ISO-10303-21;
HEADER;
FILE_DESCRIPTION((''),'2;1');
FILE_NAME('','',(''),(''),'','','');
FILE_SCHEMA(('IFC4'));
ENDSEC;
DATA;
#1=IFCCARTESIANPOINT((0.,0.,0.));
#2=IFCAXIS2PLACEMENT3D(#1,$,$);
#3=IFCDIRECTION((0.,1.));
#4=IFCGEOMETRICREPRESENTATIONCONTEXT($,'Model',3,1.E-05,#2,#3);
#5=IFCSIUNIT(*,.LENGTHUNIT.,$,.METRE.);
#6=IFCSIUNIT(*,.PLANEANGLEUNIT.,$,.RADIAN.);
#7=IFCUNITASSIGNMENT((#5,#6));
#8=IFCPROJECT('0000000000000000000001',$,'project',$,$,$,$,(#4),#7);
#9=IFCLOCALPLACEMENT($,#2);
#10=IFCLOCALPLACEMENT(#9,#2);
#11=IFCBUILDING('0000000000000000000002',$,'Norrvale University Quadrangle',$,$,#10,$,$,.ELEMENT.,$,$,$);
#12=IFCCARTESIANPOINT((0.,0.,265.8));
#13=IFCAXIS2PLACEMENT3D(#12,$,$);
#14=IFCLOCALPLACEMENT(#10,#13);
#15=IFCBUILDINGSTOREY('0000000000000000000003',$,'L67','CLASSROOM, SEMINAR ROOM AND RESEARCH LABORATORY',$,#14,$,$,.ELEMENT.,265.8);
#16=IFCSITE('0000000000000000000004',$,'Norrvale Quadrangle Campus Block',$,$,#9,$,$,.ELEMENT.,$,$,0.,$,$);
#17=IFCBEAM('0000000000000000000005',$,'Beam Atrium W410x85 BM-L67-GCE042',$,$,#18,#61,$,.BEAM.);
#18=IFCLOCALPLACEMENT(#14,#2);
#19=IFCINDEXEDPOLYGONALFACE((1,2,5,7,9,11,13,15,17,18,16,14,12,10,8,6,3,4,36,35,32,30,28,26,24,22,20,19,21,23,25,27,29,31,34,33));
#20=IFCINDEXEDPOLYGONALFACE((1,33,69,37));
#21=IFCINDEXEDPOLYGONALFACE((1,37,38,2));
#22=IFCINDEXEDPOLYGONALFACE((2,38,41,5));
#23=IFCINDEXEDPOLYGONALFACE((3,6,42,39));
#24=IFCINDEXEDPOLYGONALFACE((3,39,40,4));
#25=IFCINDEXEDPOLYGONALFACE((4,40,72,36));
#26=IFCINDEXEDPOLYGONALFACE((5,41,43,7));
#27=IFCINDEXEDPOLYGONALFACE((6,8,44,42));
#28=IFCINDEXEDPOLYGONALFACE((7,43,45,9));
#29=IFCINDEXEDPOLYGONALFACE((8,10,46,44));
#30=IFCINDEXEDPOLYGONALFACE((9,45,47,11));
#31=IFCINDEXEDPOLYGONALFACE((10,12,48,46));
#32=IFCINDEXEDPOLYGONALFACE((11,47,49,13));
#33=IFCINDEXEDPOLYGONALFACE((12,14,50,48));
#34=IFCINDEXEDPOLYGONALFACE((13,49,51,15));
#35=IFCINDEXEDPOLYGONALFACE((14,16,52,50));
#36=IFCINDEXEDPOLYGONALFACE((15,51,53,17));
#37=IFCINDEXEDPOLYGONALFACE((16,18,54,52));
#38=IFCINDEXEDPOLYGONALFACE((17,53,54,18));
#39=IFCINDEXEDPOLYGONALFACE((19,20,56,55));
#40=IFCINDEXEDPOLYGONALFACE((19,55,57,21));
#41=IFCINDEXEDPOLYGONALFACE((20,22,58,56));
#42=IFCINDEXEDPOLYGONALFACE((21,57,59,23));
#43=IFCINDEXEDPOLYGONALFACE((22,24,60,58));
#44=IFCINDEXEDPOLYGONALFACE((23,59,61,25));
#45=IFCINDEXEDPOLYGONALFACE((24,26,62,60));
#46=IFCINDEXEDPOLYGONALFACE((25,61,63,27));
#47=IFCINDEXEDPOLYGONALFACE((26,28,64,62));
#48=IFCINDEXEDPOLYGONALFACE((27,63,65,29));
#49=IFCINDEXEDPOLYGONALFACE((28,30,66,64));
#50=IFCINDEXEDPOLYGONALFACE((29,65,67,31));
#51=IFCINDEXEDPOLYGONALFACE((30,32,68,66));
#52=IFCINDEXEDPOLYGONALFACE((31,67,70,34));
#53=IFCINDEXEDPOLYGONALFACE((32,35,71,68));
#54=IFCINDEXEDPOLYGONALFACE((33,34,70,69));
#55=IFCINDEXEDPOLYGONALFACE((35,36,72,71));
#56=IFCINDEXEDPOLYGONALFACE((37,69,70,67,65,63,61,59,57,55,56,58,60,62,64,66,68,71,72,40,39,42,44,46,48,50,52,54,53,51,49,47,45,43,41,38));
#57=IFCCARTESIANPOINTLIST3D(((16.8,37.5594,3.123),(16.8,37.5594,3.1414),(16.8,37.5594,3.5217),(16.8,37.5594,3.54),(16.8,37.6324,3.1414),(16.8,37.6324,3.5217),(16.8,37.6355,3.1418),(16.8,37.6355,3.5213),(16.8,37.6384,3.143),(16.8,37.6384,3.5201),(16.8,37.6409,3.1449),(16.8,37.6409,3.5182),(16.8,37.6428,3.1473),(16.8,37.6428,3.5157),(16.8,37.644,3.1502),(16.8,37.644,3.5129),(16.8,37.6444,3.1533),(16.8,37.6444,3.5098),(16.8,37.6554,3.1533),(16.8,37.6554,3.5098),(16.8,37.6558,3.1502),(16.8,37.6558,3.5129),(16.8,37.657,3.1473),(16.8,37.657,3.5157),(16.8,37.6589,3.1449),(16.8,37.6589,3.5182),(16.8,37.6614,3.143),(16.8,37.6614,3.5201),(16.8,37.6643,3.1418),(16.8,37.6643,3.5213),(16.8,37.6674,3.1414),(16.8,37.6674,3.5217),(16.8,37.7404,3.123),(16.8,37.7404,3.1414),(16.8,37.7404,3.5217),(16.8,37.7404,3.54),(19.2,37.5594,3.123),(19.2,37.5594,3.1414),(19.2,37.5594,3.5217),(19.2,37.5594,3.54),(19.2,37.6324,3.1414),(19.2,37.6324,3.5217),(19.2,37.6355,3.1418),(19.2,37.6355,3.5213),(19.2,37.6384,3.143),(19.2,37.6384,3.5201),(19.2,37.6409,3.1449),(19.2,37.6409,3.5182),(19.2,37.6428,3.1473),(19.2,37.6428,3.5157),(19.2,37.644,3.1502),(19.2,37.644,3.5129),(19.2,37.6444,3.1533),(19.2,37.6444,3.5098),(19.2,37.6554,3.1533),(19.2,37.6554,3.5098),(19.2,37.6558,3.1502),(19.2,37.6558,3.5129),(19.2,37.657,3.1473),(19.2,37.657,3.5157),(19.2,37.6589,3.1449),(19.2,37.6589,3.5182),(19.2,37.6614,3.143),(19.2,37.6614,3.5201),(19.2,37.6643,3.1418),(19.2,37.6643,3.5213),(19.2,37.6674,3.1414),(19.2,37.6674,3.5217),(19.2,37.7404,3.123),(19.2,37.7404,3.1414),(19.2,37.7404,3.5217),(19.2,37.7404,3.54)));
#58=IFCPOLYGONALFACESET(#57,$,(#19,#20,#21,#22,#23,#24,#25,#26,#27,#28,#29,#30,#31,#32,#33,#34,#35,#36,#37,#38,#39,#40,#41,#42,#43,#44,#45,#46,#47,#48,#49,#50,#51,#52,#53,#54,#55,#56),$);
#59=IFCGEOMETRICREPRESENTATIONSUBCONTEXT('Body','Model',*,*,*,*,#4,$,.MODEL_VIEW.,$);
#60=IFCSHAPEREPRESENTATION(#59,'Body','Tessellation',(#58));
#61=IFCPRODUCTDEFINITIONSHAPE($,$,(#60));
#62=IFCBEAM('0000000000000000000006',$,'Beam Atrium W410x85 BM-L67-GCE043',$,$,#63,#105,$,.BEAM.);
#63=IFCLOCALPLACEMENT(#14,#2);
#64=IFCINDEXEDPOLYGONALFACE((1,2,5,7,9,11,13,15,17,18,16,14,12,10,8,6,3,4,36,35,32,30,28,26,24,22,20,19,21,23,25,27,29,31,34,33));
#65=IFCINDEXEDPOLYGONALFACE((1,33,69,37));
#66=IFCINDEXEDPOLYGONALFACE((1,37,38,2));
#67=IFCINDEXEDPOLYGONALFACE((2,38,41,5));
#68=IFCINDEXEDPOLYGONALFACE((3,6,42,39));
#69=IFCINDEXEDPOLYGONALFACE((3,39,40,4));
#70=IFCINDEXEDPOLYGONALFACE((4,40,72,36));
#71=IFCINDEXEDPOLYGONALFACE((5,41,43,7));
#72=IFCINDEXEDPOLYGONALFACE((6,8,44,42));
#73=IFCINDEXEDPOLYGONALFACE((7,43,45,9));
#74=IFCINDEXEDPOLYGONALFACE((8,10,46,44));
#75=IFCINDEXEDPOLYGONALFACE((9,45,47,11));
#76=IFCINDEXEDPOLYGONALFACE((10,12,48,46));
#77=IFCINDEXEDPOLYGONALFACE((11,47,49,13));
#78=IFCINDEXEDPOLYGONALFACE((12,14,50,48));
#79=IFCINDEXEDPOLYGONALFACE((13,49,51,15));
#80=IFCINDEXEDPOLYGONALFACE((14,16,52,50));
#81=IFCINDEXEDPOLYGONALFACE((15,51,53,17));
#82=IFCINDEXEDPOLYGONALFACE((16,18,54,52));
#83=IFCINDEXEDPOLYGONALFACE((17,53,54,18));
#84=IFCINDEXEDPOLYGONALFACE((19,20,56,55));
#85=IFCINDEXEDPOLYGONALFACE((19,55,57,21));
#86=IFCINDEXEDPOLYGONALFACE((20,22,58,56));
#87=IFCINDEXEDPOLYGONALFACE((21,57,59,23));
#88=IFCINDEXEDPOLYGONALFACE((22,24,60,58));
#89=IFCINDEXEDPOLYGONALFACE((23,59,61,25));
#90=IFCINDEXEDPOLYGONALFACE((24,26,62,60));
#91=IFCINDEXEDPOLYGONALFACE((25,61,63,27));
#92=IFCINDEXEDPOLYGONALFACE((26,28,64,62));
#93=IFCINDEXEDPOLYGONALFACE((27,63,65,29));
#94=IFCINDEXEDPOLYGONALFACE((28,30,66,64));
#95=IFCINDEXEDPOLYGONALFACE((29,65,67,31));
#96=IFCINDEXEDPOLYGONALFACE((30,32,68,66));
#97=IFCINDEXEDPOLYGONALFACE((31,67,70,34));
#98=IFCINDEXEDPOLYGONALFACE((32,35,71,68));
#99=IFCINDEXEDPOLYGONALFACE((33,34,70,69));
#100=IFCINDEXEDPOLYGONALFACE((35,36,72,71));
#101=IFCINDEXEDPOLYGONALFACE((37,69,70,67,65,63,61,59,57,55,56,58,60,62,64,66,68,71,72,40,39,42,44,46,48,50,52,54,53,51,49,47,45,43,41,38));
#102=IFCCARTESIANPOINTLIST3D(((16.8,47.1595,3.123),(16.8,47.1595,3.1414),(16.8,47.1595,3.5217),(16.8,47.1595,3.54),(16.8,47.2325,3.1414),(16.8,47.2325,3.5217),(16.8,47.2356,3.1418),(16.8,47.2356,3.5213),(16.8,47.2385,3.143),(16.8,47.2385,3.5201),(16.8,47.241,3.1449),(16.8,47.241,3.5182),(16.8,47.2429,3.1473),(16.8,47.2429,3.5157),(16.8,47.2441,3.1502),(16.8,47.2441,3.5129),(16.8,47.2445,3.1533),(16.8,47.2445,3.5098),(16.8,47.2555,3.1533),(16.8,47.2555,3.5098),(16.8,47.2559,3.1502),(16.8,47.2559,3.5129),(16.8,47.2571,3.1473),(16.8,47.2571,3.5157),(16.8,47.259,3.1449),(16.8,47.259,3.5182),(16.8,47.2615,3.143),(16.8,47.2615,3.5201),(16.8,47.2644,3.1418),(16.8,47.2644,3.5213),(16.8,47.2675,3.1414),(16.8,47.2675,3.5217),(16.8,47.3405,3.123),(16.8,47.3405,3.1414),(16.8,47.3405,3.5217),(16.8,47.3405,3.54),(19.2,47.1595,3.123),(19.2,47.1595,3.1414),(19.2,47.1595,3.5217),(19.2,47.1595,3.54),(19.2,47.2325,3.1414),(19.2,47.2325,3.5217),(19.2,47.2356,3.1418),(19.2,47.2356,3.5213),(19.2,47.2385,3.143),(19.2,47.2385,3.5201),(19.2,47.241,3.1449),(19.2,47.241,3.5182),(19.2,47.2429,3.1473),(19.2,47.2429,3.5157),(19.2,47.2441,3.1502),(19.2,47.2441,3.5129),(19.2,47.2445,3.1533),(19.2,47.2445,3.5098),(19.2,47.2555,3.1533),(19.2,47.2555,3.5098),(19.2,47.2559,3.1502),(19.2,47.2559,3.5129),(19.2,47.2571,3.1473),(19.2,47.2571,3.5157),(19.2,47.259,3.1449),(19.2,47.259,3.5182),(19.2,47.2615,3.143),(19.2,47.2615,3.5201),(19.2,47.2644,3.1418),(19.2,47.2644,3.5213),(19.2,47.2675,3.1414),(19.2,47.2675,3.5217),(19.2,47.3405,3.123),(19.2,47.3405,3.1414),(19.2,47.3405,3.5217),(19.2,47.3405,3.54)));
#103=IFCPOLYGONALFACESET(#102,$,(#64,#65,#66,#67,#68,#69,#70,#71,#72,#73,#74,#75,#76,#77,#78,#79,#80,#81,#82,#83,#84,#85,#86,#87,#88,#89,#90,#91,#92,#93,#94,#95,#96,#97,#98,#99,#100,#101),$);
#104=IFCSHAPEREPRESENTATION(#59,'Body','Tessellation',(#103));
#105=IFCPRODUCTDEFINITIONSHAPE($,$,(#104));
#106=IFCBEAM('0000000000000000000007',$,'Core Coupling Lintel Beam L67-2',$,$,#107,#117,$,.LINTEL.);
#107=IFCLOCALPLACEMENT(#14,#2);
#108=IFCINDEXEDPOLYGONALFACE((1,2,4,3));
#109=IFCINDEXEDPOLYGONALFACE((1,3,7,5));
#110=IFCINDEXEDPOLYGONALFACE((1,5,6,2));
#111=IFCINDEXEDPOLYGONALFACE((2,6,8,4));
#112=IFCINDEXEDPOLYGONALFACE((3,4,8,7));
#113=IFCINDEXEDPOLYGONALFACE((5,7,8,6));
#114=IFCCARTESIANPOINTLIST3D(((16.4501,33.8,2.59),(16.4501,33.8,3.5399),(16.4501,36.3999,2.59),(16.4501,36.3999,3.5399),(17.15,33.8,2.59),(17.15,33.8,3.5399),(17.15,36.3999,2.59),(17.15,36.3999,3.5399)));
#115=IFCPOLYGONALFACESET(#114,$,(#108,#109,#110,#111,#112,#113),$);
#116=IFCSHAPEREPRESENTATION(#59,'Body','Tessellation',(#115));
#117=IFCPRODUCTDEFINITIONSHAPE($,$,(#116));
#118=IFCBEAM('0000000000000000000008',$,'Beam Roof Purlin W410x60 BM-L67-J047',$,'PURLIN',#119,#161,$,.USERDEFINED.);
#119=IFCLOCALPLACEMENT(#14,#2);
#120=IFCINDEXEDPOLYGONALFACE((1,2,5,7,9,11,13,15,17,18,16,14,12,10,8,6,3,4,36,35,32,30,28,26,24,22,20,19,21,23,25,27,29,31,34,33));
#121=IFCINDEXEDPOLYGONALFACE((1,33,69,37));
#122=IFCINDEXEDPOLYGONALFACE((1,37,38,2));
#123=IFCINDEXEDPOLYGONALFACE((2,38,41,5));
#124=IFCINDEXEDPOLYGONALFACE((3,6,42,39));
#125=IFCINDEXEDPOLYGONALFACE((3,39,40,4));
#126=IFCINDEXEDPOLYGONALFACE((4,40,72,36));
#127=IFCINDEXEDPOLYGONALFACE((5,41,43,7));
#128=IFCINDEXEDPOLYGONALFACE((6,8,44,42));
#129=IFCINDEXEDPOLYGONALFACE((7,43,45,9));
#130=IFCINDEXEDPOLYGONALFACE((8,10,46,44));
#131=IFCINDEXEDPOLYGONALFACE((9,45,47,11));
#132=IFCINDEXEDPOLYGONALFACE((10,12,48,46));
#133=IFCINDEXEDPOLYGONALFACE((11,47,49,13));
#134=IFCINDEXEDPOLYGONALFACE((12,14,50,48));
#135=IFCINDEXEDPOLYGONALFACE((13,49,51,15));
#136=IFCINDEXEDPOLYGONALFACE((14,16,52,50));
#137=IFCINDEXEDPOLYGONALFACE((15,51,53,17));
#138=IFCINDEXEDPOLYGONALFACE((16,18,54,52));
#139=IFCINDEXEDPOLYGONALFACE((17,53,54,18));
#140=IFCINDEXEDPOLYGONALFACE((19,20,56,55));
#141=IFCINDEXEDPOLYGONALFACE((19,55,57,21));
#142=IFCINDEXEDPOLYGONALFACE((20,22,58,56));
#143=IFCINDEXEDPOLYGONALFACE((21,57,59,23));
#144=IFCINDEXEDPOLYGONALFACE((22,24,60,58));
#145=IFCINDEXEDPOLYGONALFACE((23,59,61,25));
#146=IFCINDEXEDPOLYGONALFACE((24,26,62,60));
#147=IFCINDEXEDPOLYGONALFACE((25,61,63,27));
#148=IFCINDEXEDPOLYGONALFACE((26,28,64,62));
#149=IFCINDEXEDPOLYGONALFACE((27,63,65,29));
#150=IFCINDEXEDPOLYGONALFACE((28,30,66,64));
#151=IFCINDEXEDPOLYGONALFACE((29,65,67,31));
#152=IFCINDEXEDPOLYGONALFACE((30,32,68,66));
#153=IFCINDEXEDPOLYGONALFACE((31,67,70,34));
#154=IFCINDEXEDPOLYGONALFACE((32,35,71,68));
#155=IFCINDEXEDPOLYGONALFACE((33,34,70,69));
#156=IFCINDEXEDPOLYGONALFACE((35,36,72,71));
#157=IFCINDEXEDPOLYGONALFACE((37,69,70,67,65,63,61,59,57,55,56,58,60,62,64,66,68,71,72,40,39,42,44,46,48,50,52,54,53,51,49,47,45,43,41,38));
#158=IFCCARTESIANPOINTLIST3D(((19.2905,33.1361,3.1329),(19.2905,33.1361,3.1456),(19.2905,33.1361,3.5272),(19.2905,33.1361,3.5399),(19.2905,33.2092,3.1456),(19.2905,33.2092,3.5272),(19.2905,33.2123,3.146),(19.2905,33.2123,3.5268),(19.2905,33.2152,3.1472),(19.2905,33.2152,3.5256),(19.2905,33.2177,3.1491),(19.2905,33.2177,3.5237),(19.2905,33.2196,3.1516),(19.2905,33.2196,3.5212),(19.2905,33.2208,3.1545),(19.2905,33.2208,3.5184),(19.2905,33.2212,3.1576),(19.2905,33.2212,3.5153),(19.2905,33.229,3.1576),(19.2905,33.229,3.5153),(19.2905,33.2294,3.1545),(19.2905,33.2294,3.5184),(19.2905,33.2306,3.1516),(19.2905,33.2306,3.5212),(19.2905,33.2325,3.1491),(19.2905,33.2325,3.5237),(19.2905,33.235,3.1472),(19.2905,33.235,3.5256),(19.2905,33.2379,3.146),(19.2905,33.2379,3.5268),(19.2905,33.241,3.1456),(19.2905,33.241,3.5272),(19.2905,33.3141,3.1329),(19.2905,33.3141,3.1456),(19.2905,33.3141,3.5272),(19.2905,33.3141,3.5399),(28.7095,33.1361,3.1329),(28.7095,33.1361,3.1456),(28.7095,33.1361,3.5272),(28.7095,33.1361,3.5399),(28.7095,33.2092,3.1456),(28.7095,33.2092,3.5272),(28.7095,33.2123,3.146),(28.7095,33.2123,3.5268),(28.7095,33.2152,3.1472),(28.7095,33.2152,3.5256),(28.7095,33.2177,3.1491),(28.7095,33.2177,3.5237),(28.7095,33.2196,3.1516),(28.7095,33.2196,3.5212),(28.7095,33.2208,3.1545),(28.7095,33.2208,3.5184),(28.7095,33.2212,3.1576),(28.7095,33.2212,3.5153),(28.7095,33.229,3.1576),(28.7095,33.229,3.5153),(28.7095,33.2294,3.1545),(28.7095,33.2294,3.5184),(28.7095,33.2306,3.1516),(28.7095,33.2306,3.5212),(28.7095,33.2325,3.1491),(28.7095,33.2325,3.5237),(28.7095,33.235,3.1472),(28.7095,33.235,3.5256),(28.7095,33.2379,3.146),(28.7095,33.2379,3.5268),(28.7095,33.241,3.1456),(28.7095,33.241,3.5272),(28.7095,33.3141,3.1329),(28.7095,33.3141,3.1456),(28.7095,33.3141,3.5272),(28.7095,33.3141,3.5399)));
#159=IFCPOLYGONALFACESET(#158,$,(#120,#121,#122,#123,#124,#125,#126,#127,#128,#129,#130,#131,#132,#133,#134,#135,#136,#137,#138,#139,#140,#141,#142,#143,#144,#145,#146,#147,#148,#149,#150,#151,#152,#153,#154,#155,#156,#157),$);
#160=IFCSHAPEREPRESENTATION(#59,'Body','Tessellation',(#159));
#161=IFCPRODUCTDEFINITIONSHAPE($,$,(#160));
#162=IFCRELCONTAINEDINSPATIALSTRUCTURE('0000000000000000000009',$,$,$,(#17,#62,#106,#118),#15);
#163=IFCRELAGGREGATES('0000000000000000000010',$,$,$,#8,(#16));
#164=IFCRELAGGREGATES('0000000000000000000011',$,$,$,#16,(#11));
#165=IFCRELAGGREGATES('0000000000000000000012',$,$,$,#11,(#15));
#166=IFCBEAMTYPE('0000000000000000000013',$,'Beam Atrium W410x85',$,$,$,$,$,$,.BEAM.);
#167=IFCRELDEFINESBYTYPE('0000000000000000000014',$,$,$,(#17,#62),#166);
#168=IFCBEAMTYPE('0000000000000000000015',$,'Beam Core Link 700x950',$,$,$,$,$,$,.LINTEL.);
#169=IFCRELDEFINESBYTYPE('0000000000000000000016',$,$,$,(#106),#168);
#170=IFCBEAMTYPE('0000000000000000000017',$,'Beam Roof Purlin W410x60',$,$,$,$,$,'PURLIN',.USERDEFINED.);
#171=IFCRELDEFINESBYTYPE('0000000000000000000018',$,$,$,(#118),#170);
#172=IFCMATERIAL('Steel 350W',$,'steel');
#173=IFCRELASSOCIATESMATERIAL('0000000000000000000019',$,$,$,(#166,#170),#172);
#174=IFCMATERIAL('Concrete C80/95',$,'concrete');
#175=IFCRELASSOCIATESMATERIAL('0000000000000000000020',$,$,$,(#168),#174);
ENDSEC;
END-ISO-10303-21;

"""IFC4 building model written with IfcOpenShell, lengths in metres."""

from ifc_helpers import new_model, si_unit, direction, frame, origin, origin_2d, place, context, subcontext, project, spatial, rectangle, i_section, extrude, material, material_profile, profile_set, type_object, element, save


model = new_model("IFC4")

# Units and contexts
model_context = context("Model", 3, precision=1e-05, world=origin(), true_north=direction((0.0, 1.0)))
body_context = subcontext(model_context, "Body", "Model", "MODEL_VIEW")
ifc_project = project(units=[si_unit("LENGTHUNIT", "METRE"), si_unit("PLANEANGLEUNIT", "RADIAN")], contexts=[model_context])

# Site, building, storey
site_placement = place(None, origin())
site = spatial("IfcSite", under=ifc_project, at=site_placement, Name="Norrvale Quadrangle Campus Block", CompositionType="ELEMENT", RefElevation=0.0)
building_placement = place(site_placement, origin())
building = spatial("IfcBuilding", under=site, at=building_placement, Name="Norrvale University Quadrangle", CompositionType="ELEMENT")
storey_placement = place(building_placement, frame((0.0, 0.0, 265.8)))
storey = spatial("IfcBuildingStorey", under=building, at=storey_placement, Name="L67", Description="CLASSROOM, SEMINAR ROOM AND RESEARCH LABORATORY", CompositionType="ELEMENT", Elevation=265.8)

# Beams
ifc_material_1 = material(Name="Steel 350W", Category="steel")
ifc_material_profile_1 = material_profile(ifc_material_1, i_section(OverallWidth=0.1809, OverallDepth=0.417, WebThickness=0.011, FlangeThickness=0.0183, FilletRadius=0.012, at=origin_2d()), Name="Steel 350W")
ifc_profile_set_1 = profile_set([ifc_material_profile_1], Name="Steel 350W")
beam_type_1 = type_object("IfcBeamType", Name="Beam Atrium W410x85", PredefinedType="BEAM", material=ifc_profile_set_1)
for number, where, z_axis, x_axis, name in (
    (1, (16.8, 37.6499, 3.3315), (1.0, 0.0, 0.0), (0.0, 1.0, 0.0), "Beam Atrium W410x85 BM-L67-GCE042"),
    (2, (16.8, 47.25, 3.3315), (1.0, 0.0, 0.0), (0.0, 1.0, 0.0), "Beam Atrium W410x85 BM-L67-GCE043"),
):
    element("IfcBeam", number, at=place(storey_placement, frame(where, z_axis=z_axis, x_axis=x_axis)), inside=storey, type_object=beam_type_1, Name=name, PredefinedType="BEAM", context=body_context, shape_type="SweptSolid", body=[
        extrude(i_section(OverallWidth=0.1809, OverallDepth=0.417, WebThickness=0.011, FlangeThickness=0.0183, FilletRadius=0.012, at=origin_2d()), origin(), (0.0, 0.0, 1.0), 2.3999),
    ])
ifc_material_2 = material(Name="Concrete C80/95", Category="concrete")
ifc_material_profile_2 = material_profile(ifc_material_2, rectangle(XDim=0.7, YDim=0.95, at=origin_2d()), Name="Concrete C80/95")
ifc_profile_set_2 = profile_set([ifc_material_profile_2], Name="Concrete C80/95")
beam_type_2 = type_object("IfcBeamType", Name="Beam Core Link 700x950", PredefinedType="LINTEL", material=ifc_profile_set_2)
beam_placement = place(storey_placement, frame((16.8, 33.8, 3.0649), z_axis=(0.0, 1.0, 0.0), x_axis=(-1.0, 0.0, 0.0)))
element("IfcBeam", 3, at=beam_placement, inside=storey, type_object=beam_type_2, Name="Core Coupling Lintel Beam L67-2", PredefinedType="LINTEL", context=body_context, shape_type="SweptSolid", body=[
    extrude(rectangle(XDim=0.7, YDim=0.95, at=origin_2d()), origin(), (0.0, 0.0, 1.0), 2.5999),
])
ifc_material_profile_3 = material_profile(ifc_material_1, i_section(OverallWidth=0.178, OverallDepth=0.407, WebThickness=0.0078, FlangeThickness=0.0127, FilletRadius=0.012, at=origin_2d()), Name="Steel 350W")
ifc_profile_set_3 = profile_set([ifc_material_profile_3], Name="Steel 350W")
beam_type_3 = type_object("IfcBeamType", Name="Beam Roof Purlin W410x60", ElementType="PURLIN", PredefinedType="USERDEFINED", material=ifc_profile_set_3)
for number, where, z_axis, x_axis, name in (
    (4, (19.2905, 33.2251, 3.3364), (1.0, 0.0, 0.0), (0.0, 1.0, 0.0), "Beam Roof Purlin W410x60 BM-L67-J047"),
):
    element("IfcBeam", number, at=place(storey_placement, frame(where, z_axis=z_axis, x_axis=x_axis)), inside=storey, type_object=beam_type_3, Name=name, ObjectType="PURLIN", PredefinedType="USERDEFINED", context=body_context, shape_type="SweptSolid", body=[
        extrude(i_section(OverallWidth=0.178, OverallDepth=0.407, WebThickness=0.0078, FlangeThickness=0.0127, FilletRadius=0.012, at=origin_2d()), origin(), (0.0, 0.0, 1.0), 9.4189),
    ])

save(model, "model.ifc")
